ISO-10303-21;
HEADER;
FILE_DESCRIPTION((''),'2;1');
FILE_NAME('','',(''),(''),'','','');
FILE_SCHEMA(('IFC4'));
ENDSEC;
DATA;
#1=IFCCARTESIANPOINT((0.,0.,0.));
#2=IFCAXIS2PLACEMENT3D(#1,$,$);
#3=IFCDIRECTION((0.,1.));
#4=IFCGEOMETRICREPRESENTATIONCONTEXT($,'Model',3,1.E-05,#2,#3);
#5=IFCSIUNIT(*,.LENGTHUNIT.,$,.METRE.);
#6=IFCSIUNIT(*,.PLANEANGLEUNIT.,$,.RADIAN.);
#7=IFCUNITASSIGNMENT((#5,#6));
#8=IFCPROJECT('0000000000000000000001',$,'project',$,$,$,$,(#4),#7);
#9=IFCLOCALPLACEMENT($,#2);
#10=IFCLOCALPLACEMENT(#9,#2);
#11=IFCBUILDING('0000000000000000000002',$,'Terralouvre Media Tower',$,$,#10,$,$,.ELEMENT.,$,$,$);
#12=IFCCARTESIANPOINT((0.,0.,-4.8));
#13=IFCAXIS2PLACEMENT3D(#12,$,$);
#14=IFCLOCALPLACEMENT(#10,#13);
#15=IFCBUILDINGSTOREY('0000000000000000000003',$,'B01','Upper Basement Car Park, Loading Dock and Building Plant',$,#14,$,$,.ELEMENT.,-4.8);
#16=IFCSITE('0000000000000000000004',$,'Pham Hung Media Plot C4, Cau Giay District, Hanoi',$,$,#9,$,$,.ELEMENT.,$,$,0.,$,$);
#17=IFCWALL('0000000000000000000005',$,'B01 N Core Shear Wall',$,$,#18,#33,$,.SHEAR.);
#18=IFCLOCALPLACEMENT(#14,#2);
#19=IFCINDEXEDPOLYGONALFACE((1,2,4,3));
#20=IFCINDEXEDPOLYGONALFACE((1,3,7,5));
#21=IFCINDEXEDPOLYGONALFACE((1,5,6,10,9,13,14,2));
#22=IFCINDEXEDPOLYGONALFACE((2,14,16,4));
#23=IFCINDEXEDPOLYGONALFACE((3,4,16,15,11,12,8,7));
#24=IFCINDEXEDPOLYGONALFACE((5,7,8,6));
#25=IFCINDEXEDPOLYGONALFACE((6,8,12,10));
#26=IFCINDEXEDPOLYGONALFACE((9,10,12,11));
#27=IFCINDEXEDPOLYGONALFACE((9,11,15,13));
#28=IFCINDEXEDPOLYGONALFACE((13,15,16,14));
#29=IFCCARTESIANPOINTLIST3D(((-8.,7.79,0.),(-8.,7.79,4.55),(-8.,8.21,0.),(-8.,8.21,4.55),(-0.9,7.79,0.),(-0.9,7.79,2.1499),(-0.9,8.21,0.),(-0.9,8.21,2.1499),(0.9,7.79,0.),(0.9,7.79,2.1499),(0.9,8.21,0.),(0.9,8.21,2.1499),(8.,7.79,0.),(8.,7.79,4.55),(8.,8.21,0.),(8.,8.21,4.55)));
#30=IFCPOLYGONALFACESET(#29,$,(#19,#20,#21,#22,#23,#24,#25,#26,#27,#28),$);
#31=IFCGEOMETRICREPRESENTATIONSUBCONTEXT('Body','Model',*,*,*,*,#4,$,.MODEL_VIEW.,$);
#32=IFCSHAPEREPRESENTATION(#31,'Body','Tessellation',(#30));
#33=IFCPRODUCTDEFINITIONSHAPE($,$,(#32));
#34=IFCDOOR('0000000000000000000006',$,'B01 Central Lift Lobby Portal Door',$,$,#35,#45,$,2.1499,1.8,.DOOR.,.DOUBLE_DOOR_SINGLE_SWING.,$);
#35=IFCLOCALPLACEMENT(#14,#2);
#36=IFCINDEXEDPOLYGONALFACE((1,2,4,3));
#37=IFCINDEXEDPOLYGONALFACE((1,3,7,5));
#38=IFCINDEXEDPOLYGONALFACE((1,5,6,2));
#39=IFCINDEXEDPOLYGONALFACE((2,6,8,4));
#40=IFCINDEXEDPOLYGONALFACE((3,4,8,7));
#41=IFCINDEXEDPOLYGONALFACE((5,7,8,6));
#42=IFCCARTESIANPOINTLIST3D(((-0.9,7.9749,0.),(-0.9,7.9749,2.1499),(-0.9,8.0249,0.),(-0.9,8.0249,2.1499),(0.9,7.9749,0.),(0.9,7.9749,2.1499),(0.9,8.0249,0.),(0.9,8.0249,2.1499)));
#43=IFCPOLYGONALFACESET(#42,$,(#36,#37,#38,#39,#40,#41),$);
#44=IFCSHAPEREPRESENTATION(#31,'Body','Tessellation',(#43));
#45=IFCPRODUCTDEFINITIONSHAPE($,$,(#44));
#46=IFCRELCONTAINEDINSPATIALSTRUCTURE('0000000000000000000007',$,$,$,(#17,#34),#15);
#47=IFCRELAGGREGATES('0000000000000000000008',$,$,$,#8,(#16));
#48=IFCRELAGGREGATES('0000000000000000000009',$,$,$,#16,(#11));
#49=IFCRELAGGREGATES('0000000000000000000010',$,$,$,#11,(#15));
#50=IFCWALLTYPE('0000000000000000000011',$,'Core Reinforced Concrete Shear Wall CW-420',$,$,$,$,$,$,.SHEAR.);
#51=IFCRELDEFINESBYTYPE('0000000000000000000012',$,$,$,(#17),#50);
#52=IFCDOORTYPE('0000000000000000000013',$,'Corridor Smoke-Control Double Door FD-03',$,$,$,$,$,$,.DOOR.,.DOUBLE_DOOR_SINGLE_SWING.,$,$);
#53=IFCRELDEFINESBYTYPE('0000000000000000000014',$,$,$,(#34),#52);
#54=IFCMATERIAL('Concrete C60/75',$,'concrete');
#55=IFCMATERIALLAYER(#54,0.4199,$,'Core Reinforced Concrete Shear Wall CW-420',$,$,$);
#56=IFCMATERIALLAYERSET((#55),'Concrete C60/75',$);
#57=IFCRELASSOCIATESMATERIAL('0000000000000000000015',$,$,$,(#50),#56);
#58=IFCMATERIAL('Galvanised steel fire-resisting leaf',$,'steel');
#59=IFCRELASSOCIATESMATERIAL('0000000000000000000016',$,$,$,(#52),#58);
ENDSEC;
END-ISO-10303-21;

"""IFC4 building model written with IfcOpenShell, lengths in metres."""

from ifc_helpers import new_model, si_unit, direction, frame, frame_2d, origin, place, context, subcontext, project, spatial, rectangle, extrude, material, layer, layer_set, type_object, element, fill, save


model = new_model("IFC4")

# Units and contexts
model_context = context("Model", 3, precision=1e-05, world=origin(), true_north=direction((0.0, 1.0)))
body_context = subcontext(model_context, "Body", "Model", "MODEL_VIEW")
ifc_project = project(units=[si_unit("LENGTHUNIT", "METRE"), si_unit("PLANEANGLEUNIT", "RADIAN")], contexts=[model_context])

# Site, building, storey
site_placement = place(None, origin())
site = spatial("IfcSite", under=ifc_project, at=site_placement, Name="Pham Hung Media Plot C4, Cau Giay District, Hanoi", CompositionType="ELEMENT", RefElevation=0.0)
building_placement = place(site_placement, origin())
building = spatial("IfcBuilding", under=site, at=building_placement, Name="Terralouvre Media Tower", CompositionType="ELEMENT")
storey_placement = place(building_placement, frame((0.0, 0.0, -4.8)))
storey = spatial("IfcBuildingStorey", under=building, at=storey_placement, Name="B01", Description="Upper Basement Car Park, Loading Dock and Building Plant", CompositionType="ELEMENT", Elevation=-4.8)

# Wall, opening, door
ifc_material_1 = material(Name="Concrete C60/75", Category="concrete")
ifc_layer_1 = layer(ifc_material_1, 0.4199, Name="Core Reinforced Concrete Shear Wall CW-420")
ifc_layer_set_1 = layer_set([ifc_layer_1], Name="Concrete C60/75")
wall_type_1 = type_object("IfcWallType", Name="Core Reinforced Concrete Shear Wall CW-420", PredefinedType="SHEAR", material=ifc_layer_set_1)
wall_1_placement = place(storey_placement, frame((-8.0, 8.0, 0.0), z_axis=(0.0, 0.0, 1.0), x_axis=(1.0, 0.0, 0.0)))
wall_1 = element("IfcWall", 1, at=wall_1_placement, inside=storey, type_object=wall_type_1, Name="B01 N Core Shear Wall", PredefinedType="SHEAR", context=body_context, shape_type="SweptSolid", body=[
    extrude(rectangle(XDim=16.0, YDim=0.4199, at=frame_2d((8.0, 0.0))), origin(), (0.0, 0.0, 1.0), 4.55),
])
opening_placement = place(wall_1_placement, frame((7.1001, 0.0, 0.0)))
opening = element("IfcOpeningElement", 2, at=opening_placement, cuts=wall_1, PredefinedType="OPENING", context=body_context, shape_type="SweptSolid", body=[
    extrude(rectangle(XDim=1.8, YDim=2.1499, at=frame_2d((0.8999, 1.075))), frame((0.0, 0.22, 0.0), z_axis=(0.0, -1.0, 0.0), x_axis=(1.0, 0.0, 0.0)), (0.0, 0.0, 1.0), 0.4399),
])
ifc_material_2 = material(Name="Galvanised steel fire-resisting leaf", Category="steel")
door_type = type_object("IfcDoorType", Name="Corridor Smoke-Control Double Door FD-03", OperationType="DOUBLE_DOOR_SINGLE_SWING", PredefinedType="DOOR", material=ifc_material_2)
door_placement = place(opening_placement, origin())
door = element("IfcDoor", 3, at=door_placement, inside=storey, type_object=door_type, Name="B01 Central Lift Lobby Portal Door", OperationType="DOUBLE_DOOR_SINGLE_SWING", OverallHeight=2.1499, OverallWidth=1.8, PredefinedType="DOOR", context=body_context, shape_type="SweptSolid", body=[
    extrude(rectangle(XDim=1.8, YDim=2.1499, at=frame_2d((0.8999, 1.075))), frame((0.0, 0.0249, 0.0), z_axis=(0.0, -1.0, 0.0), x_axis=(1.0, 0.0, 0.0)), (0.0, 0.0, 1.0), 0.05),
])
fill(opening, door)

save(model, "model.ifc")
